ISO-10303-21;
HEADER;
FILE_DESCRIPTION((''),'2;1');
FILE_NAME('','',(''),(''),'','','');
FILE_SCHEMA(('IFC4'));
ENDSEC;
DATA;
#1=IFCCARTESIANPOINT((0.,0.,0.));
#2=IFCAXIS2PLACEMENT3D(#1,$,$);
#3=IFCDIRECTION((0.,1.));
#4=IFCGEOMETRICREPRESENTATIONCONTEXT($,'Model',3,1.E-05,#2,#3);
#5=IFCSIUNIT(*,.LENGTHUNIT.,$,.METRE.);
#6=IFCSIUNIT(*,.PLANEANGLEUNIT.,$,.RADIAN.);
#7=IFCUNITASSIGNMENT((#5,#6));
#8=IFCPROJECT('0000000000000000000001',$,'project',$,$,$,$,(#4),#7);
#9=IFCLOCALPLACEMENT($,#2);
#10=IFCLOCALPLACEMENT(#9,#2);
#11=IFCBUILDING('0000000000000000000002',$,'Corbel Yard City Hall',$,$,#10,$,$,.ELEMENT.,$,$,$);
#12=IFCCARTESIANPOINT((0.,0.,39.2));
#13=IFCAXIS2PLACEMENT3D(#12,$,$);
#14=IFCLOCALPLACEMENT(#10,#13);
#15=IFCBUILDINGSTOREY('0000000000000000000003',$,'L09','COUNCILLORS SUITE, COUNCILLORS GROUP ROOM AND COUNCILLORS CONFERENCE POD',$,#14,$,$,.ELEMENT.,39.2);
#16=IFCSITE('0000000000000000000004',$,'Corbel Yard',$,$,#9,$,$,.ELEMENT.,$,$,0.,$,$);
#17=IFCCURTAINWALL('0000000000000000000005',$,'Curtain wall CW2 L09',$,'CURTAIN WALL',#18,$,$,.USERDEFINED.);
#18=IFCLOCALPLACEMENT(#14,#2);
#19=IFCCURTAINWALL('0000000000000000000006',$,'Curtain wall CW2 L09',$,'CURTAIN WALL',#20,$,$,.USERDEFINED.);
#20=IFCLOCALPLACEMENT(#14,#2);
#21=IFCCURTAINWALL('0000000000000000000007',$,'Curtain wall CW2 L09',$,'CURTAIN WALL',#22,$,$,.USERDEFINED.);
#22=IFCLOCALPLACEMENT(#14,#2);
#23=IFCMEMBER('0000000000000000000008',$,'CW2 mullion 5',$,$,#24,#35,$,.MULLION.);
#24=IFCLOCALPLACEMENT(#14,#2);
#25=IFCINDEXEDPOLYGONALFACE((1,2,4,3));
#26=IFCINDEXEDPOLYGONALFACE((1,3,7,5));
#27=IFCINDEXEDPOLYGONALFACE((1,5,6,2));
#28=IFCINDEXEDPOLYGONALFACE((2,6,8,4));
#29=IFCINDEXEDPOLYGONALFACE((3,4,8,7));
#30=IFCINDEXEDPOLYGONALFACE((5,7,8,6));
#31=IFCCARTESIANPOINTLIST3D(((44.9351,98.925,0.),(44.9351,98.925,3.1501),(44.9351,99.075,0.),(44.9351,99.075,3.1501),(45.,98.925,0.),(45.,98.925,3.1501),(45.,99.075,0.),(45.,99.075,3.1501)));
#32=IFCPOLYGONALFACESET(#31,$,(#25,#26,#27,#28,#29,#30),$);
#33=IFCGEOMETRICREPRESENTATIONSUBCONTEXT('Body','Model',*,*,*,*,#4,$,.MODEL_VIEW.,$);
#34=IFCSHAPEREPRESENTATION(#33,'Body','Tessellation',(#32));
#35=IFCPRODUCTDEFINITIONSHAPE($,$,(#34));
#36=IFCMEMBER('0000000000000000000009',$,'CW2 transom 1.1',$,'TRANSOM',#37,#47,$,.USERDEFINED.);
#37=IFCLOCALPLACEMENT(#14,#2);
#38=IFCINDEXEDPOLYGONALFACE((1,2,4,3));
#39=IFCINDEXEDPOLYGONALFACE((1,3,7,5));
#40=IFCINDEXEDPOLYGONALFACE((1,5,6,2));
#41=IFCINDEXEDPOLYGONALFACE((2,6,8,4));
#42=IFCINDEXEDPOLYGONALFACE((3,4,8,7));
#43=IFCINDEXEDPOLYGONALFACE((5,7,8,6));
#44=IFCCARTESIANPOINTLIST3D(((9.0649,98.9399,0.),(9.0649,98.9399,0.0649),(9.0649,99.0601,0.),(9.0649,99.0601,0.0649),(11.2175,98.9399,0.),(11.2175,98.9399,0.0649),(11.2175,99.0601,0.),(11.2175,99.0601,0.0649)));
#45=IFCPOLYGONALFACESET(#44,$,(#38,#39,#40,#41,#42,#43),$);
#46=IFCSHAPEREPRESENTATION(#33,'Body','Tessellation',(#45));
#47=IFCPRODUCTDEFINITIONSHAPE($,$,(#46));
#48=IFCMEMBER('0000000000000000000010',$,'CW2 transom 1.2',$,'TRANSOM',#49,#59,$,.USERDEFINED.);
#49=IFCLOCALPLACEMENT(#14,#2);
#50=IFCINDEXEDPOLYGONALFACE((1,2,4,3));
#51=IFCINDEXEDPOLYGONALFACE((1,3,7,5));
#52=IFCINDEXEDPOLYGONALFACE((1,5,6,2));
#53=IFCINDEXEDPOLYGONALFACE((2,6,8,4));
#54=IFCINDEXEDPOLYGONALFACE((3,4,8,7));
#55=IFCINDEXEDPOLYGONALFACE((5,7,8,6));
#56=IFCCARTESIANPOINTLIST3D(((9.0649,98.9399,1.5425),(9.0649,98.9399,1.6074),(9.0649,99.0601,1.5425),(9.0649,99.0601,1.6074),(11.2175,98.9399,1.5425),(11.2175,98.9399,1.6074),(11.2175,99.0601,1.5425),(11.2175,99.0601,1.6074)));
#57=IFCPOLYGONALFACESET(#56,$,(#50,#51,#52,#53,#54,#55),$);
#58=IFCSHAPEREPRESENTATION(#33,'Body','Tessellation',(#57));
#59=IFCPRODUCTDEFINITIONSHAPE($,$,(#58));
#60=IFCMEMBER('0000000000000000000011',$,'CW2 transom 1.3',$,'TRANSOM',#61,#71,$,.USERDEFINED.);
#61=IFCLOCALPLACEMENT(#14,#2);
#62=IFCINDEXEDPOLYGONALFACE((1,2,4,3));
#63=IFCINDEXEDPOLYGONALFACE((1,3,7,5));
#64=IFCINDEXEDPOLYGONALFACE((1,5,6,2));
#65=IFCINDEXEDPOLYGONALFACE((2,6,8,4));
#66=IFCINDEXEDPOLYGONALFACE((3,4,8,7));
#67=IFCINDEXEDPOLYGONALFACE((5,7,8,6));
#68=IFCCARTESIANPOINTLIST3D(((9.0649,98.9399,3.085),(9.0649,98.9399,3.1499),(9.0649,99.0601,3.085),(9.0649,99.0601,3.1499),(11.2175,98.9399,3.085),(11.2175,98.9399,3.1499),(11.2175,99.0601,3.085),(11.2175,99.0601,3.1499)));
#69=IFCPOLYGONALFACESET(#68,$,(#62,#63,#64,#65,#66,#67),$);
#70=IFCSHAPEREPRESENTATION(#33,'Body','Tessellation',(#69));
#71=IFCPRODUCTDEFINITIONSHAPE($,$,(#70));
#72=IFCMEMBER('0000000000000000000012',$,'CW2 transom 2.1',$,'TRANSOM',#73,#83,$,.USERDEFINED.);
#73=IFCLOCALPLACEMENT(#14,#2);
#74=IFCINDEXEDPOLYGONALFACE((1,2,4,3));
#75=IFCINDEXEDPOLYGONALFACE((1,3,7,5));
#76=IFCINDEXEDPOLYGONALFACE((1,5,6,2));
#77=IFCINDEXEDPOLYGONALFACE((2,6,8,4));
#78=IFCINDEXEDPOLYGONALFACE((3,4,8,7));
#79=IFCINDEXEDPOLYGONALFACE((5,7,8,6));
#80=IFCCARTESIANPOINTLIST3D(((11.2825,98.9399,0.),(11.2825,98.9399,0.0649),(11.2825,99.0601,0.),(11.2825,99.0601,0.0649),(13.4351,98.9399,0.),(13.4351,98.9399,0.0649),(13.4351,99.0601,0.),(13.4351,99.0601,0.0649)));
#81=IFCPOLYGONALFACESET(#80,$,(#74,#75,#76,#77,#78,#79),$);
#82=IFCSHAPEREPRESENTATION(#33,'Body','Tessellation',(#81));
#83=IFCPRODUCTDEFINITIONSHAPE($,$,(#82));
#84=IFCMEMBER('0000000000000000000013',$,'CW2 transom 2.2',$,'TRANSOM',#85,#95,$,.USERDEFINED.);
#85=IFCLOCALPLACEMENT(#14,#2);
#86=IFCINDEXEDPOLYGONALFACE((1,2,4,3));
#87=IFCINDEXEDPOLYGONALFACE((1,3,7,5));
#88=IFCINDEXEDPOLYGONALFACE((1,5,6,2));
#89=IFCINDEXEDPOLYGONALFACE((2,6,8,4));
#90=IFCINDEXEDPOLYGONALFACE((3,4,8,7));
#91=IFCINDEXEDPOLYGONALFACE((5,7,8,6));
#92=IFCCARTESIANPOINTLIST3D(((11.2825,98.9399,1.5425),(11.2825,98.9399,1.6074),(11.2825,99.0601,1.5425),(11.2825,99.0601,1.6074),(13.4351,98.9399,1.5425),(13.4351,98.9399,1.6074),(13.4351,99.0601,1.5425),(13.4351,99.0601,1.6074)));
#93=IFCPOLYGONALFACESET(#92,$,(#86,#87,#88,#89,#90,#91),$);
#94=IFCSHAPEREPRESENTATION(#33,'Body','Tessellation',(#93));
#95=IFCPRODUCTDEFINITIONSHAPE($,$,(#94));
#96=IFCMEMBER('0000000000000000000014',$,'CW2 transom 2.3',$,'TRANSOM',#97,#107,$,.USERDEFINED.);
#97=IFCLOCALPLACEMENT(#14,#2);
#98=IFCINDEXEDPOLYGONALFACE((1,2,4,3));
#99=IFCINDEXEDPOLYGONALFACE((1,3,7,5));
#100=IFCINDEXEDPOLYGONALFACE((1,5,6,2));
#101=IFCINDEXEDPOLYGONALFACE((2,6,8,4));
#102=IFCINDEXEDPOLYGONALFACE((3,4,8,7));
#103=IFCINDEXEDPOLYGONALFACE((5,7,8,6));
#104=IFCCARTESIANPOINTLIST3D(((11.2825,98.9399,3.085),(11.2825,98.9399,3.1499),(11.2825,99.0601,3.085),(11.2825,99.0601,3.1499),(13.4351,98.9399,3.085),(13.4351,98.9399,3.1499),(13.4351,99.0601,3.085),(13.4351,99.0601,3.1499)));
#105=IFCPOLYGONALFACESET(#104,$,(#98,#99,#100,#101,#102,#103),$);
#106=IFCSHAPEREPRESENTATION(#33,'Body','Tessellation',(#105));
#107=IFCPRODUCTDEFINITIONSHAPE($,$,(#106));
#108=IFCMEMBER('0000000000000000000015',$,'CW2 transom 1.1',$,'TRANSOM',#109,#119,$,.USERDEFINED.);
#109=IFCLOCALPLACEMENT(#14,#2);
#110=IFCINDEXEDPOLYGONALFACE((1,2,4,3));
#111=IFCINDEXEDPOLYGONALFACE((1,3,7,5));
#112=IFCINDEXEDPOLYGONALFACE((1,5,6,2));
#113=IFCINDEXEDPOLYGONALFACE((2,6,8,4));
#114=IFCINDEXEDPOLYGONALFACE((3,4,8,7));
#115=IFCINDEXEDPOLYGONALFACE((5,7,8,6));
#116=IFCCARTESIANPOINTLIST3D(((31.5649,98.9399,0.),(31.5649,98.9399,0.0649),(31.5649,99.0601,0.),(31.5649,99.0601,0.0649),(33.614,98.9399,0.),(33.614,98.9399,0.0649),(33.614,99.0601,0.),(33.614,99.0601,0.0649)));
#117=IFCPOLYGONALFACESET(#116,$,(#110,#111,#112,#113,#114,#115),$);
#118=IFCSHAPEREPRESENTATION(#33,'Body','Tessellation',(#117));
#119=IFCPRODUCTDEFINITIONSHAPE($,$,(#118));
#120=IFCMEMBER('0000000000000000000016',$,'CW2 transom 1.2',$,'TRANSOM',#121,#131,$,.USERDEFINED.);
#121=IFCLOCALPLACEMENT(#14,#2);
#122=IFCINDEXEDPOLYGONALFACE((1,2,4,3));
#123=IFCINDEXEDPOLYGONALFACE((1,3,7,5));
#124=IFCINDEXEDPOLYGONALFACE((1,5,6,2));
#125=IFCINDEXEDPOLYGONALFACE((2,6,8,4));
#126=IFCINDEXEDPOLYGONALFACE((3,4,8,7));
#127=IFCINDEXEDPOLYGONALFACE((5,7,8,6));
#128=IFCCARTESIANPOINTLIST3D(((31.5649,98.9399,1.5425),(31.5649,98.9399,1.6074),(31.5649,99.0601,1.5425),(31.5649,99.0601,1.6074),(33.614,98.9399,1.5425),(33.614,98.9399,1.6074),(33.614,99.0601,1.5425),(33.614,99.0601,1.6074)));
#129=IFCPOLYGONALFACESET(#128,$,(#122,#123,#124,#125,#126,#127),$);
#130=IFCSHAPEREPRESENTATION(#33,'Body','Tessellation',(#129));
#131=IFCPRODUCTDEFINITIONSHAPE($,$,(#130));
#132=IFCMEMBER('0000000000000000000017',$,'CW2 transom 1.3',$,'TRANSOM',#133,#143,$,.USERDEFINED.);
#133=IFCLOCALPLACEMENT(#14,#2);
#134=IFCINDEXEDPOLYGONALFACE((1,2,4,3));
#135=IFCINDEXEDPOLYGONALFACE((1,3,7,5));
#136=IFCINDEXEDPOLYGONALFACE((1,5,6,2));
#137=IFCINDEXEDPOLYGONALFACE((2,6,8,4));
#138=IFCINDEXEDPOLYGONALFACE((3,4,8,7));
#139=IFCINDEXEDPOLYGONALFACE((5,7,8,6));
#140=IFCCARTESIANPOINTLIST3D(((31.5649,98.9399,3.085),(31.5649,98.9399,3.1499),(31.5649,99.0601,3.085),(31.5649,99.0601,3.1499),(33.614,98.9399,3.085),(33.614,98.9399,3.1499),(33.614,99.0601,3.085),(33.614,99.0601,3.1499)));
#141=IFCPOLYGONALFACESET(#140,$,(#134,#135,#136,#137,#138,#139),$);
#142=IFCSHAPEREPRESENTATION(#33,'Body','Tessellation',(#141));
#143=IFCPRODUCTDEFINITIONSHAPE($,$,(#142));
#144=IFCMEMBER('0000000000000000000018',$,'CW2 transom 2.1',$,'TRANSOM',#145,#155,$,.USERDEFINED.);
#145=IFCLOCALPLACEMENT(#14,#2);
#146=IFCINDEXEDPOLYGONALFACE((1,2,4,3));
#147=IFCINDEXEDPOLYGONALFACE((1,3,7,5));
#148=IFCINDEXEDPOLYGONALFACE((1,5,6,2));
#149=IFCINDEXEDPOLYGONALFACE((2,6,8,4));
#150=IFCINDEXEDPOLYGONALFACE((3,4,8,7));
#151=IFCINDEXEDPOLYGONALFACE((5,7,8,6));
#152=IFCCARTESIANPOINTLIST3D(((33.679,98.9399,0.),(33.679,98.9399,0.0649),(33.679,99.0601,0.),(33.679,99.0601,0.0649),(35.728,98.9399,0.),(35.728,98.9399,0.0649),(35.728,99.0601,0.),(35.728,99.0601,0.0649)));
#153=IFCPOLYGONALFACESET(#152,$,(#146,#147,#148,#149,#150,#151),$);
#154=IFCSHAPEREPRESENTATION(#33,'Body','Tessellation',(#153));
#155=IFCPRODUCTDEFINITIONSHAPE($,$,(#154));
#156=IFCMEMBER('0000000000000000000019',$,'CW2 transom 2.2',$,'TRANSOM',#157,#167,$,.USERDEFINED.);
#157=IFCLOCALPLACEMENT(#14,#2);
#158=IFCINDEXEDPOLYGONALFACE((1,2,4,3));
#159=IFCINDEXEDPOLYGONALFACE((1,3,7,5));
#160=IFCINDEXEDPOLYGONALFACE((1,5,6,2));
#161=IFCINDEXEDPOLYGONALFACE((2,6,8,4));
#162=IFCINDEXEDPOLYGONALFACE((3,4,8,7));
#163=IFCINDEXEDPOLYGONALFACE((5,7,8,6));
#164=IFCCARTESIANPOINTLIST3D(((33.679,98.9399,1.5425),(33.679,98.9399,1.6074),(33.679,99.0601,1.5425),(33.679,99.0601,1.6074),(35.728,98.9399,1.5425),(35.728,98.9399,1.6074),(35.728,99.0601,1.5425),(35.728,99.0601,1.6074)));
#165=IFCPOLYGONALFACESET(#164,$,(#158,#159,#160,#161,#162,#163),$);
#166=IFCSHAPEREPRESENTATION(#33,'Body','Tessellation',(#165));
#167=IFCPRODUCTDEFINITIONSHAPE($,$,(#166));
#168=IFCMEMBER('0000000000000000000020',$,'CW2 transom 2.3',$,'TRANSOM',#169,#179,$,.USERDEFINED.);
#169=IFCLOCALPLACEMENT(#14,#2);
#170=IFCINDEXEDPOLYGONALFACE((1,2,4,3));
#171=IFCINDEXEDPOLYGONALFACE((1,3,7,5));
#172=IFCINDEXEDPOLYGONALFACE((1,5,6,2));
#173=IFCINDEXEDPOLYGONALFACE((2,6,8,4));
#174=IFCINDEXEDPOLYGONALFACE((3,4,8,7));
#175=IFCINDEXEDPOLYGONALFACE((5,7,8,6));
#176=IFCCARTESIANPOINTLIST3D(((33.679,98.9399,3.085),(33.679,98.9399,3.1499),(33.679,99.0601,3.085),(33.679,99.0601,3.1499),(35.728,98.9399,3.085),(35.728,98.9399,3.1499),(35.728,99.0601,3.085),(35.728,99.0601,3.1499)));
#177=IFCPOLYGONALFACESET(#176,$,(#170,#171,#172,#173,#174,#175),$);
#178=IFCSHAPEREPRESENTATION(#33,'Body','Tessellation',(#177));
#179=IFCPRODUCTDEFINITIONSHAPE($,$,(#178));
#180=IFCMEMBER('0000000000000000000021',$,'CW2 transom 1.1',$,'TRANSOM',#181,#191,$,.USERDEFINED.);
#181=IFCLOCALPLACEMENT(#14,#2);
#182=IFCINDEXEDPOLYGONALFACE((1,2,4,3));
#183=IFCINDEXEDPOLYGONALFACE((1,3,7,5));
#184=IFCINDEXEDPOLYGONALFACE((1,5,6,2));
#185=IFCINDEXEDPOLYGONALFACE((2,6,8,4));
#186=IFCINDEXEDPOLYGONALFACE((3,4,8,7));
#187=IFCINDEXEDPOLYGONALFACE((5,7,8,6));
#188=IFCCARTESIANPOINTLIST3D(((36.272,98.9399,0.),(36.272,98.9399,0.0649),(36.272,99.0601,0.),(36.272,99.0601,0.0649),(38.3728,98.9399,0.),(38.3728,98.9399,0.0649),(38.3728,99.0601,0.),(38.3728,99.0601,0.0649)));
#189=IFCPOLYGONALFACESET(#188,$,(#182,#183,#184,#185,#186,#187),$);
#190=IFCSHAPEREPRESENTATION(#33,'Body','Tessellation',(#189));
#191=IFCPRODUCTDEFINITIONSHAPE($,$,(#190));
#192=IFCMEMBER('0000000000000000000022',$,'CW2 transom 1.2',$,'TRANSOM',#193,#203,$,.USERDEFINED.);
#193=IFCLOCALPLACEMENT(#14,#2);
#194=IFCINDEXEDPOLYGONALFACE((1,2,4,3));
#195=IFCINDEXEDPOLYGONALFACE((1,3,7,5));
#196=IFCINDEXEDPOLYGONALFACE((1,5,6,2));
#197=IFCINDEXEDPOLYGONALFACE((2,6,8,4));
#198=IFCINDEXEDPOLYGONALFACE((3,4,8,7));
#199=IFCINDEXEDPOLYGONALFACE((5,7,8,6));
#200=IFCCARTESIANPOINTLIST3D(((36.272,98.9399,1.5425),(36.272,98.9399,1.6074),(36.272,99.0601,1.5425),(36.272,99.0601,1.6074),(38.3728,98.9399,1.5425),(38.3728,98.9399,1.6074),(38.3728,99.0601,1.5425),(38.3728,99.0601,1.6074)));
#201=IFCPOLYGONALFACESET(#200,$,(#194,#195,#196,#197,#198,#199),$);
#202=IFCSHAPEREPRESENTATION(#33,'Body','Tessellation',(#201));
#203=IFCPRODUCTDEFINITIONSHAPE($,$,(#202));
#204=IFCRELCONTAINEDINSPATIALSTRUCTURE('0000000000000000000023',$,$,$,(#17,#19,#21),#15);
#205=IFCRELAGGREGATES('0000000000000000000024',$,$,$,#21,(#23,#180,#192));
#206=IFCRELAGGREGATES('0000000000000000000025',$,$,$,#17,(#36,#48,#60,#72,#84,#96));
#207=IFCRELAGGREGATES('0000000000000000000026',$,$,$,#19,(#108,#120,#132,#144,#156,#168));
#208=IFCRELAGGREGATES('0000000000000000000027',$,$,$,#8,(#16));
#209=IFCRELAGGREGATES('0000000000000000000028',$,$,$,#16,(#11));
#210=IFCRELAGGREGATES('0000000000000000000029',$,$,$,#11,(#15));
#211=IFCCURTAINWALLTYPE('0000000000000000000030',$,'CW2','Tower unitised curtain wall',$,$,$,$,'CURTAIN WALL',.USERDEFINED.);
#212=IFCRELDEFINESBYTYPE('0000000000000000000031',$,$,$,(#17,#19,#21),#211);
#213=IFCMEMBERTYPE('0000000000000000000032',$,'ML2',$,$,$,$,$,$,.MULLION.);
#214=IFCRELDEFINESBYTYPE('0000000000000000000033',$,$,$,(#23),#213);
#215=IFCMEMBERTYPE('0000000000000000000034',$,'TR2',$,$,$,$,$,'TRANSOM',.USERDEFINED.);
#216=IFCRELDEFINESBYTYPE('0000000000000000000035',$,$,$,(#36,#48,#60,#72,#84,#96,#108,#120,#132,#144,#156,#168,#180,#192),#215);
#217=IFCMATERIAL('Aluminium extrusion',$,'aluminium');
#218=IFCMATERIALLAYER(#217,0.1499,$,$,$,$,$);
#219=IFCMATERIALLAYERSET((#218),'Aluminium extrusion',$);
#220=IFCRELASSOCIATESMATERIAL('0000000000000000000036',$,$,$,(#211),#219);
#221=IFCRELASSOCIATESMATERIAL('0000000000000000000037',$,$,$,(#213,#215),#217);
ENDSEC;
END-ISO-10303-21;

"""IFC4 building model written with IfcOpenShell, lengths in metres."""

from ifc_helpers import new_model, si_unit, direction, frame, origin, origin_2d, place, context, subcontext, project, spatial, rectangle, extrude, material, layer, layer_set, material_profile, profile_set, type_object, element, aggregate, save


model = new_model("IFC4")

# Units and contexts
model_context = context("Model", 3, precision=1e-05, world=origin(), true_north=direction((0.0, 1.0)))
body_context = subcontext(model_context, "Body", "Model", "MODEL_VIEW")
ifc_project = project(units=[si_unit("LENGTHUNIT", "METRE"), si_unit("PLANEANGLEUNIT", "RADIAN")], contexts=[model_context])

# Site, building, storey
site_placement = place(None, origin())
site = spatial("IfcSite", under=ifc_project, at=site_placement, Name="Corbel Yard", CompositionType="ELEMENT", RefElevation=0.0)
building_placement = place(site_placement, origin())
building = spatial("IfcBuilding", under=site, at=building_placement, Name="Corbel Yard City Hall", CompositionType="ELEMENT")
storey_placement = place(building_placement, frame((0.0, 0.0, 39.2)))
storey = spatial("IfcBuildingStorey", under=building, at=storey_placement, Name="L09", Description="COUNCILLORS SUITE, COUNCILLORS GROUP ROOM AND COUNCILLORS CONFERENCE POD", CompositionType="ELEMENT", Elevation=39.2)

# Curtain walls, member
ifc_material_1 = material(Name="Aluminium extrusion", Category="aluminium")
ifc_layer_1 = layer(ifc_material_1, 0.1499)
ifc_layer_set_1 = layer_set([ifc_layer_1], Name="Aluminium extrusion")
curtain_wall_type = type_object("IfcCurtainWallType", Name="CW2", Description="Tower unitised curtain wall", ElementType="CURTAIN WALL", PredefinedType="USERDEFINED", material=ifc_layer_set_1)
curtain_wall_1_placement = place(storey_placement, origin())
curtain_wall_1 = element("IfcCurtainWall", 1, at=curtain_wall_1_placement, inside=storey, type_object=curtain_wall_type, Name="Curtain wall CW2 L09", ObjectType="CURTAIN WALL", PredefinedType="USERDEFINED")
ifc_material_profile_1 = material_profile(ifc_material_1, rectangle(XDim=0.1499, YDim=0.0649, at=origin_2d()), Name="150x65")
ifc_profile_set_1 = profile_set([ifc_material_profile_1], Name="Aluminium extrusion")
member_type_1 = type_object("IfcMemberType", Name="ML2", PredefinedType="MULLION", material=ifc_profile_set_1)
curtain_wall_2_placement = place(storey_placement, origin())
curtain_wall_2 = element("IfcCurtainWall", 2, at=curtain_wall_2_placement, inside=storey, type_object=curtain_wall_type, Name="Curtain wall CW2 L09", ObjectType="CURTAIN WALL", PredefinedType="USERDEFINED")
curtain_wall_3_placement = place(storey_placement, origin())
curtain_wall_3 = element("IfcCurtainWall", 3, at=curtain_wall_3_placement, inside=storey, type_object=curtain_wall_type, Name="Curtain wall CW2 L09", ObjectType="CURTAIN WALL", PredefinedType="USERDEFINED")
member_1_placement = place(storey_placement, frame((44.9675, 99.0, 0.0), z_axis=(0.0, 0.0, 1.0), x_axis=(0.0, 1.0, 0.0)))
member_1 = element("IfcMember", 4, at=member_1_placement, type_object=member_type_1, Name="CW2 mullion 5", PredefinedType="MULLION", context=body_context, shape_type="SweptSolid", body=[
    extrude(rectangle(XDim=0.1499, YDim=0.0649, at=origin_2d()), origin(), (0.0, 0.0, 1.0), 3.1501),
])

# Members
ifc_material_profile_2 = material_profile(ifc_material_1, rectangle(XDim=0.1201, YDim=0.0649, at=origin_2d()), Name="120x65")
ifc_profile_set_2 = profile_set([ifc_material_profile_2], Name="Aluminium extrusion")
member_type_2 = type_object("IfcMemberType", Name="TR2", ElementType="TRANSOM", PredefinedType="USERDEFINED", material=ifc_profile_set_2)
member_2_placement = place(storey_placement, frame((9.0649, 99.0, 0.0325), z_axis=(1.0, 0.0, 0.0), x_axis=(0.0, 1.0, 0.0)))
member_2 = element("IfcMember", 5, at=member_2_placement, type_object=member_type_2, Name="CW2 transom 1.1", ObjectType="TRANSOM", PredefinedType="USERDEFINED", context=body_context, shape_type="SweptSolid", body=[
    extrude(rectangle(XDim=0.1201, YDim=0.0649, at=origin_2d()), origin(), (0.0, 0.0, 1.0), 2.1526),
])
member_3_placement = place(storey_placement, frame((9.0649, 99.0, 1.575), z_axis=(1.0, 0.0, 0.0), x_axis=(0.0, 1.0, 0.0)))
member_3 = element("IfcMember", 6, at=member_3_placement, type_object=member_type_2, Name="CW2 transom 1.2", ObjectType="TRANSOM", PredefinedType="USERDEFINED", context=body_context, shape_type="SweptSolid", body=[
    extrude(rectangle(XDim=0.1201, YDim=0.0649, at=origin_2d()), origin(), (0.0, 0.0, 1.0), 2.1526),
])
member_4_placement = place(storey_placement, frame((9.0649, 99.0, 3.1174), z_axis=(1.0, 0.0, 0.0), x_axis=(0.0, 1.0, 0.0)))
member_4 = element("IfcMember", 7, at=member_4_placement, type_object=member_type_2, Name="CW2 transom 1.3", ObjectType="TRANSOM", PredefinedType="USERDEFINED", context=body_context, shape_type="SweptSolid", body=[
    extrude(rectangle(XDim=0.1201, YDim=0.0649, at=origin_2d()), origin(), (0.0, 0.0, 1.0), 2.1526),
])
member_5_placement = place(storey_placement, frame((11.2825, 99.0, 0.0325), z_axis=(1.0, 0.0, 0.0), x_axis=(0.0, 1.0, 0.0)))
member_5 = element("IfcMember", 8, at=member_5_placement, type_object=member_type_2, Name="CW2 transom 2.1", ObjectType="TRANSOM", PredefinedType="USERDEFINED", context=body_context, shape_type="SweptSolid", body=[
    extrude(rectangle(XDim=0.1201, YDim=0.0649, at=origin_2d()), origin(), (0.0, 0.0, 1.0), 2.1526),
])
member_6_placement = place(storey_placement, frame((11.2825, 99.0, 1.575), z_axis=(1.0, 0.0, 0.0), x_axis=(0.0, 1.0, 0.0)))
member_6 = element("IfcMember", 9, at=member_6_placement, type_object=member_type_2, Name="CW2 transom 2.2", ObjectType="TRANSOM", PredefinedType="USERDEFINED", context=body_context, shape_type="SweptSolid", body=[
    extrude(rectangle(XDim=0.1201, YDim=0.0649, at=origin_2d()), origin(), (0.0, 0.0, 1.0), 2.1526),
])
member_7_placement = place(storey_placement, frame((11.2825, 99.0, 3.1174), z_axis=(1.0, 0.0, 0.0), x_axis=(0.0, 1.0, 0.0)))
member_7 = element("IfcMember", 10, at=member_7_placement, type_object=member_type_2, Name="CW2 transom 2.3", ObjectType="TRANSOM", PredefinedType="USERDEFINED", context=body_context, shape_type="SweptSolid", body=[
    extrude(rectangle(XDim=0.1201, YDim=0.0649, at=origin_2d()), origin(), (0.0, 0.0, 1.0), 2.1526),
])
member_8_placement = place(storey_placement, frame((31.5649, 99.0, 0.0325), z_axis=(1.0, 0.0, 0.0), x_axis=(0.0, 1.0, 0.0)))
member_8 = element("IfcMember", 11, at=member_8_placement, type_object=member_type_2, Name="CW2 transom 1.1", ObjectType="TRANSOM", PredefinedType="USERDEFINED", context=body_context, shape_type="SweptSolid", body=[
    extrude(rectangle(XDim=0.1201, YDim=0.0649, at=origin_2d()), origin(), (0.0, 0.0, 1.0), 2.0491),
])
member_9_placement = place(storey_placement, frame((31.5649, 99.0, 1.575), z_axis=(1.0, 0.0, 0.0), x_axis=(0.0, 1.0, 0.0)))
member_9 = element("IfcMember", 12, at=member_9_placement, type_object=member_type_2, Name="CW2 transom 1.2", ObjectType="TRANSOM", PredefinedType="USERDEFINED", context=body_context, shape_type="SweptSolid", body=[
    extrude(rectangle(XDim=0.1201, YDim=0.0649, at=origin_2d()), origin(), (0.0, 0.0, 1.0), 2.0491),
])
member_10_placement = place(storey_placement, frame((31.5649, 99.0, 3.1174), z_axis=(1.0, 0.0, 0.0), x_axis=(0.0, 1.0, 0.0)))
member_10 = element("IfcMember", 13, at=member_10_placement, type_object=member_type_2, Name="CW2 transom 1.3", ObjectType="TRANSOM", PredefinedType="USERDEFINED", context=body_context, shape_type="SweptSolid", body=[
    extrude(rectangle(XDim=0.1201, YDim=0.0649, at=origin_2d()), origin(), (0.0, 0.0, 1.0), 2.0491),
])
member_11_placement = place(storey_placement, frame((33.679, 99.0, 0.0325), z_axis=(1.0, 0.0, 0.0), x_axis=(0.0, 1.0, 0.0)))
member_11 = element("IfcMember", 14, at=member_11_placement, type_object=member_type_2, Name="CW2 transom 2.1", ObjectType="TRANSOM", PredefinedType="USERDEFINED", context=body_context, shape_type="SweptSolid", body=[
    extrude(rectangle(XDim=0.1201, YDim=0.0649, at=origin_2d()), origin(), (0.0, 0.0, 1.0), 2.0491),
])
member_12_placement = place(storey_placement, frame((33.679, 99.0, 1.575), z_axis=(1.0, 0.0, 0.0), x_axis=(0.0, 1.0, 0.0)))
member_12 = element("IfcMember", 15, at=member_12_placement, type_object=member_type_2, Name="CW2 transom 2.2", ObjectType="TRANSOM", PredefinedType="USERDEFINED", context=body_context, shape_type="SweptSolid", body=[
    extrude(rectangle(XDim=0.1201, YDim=0.0649, at=origin_2d()), origin(), (0.0, 0.0, 1.0), 2.0491),
])
member_13_placement = place(storey_placement, frame((33.679, 99.0, 3.1174), z_axis=(1.0, 0.0, 0.0), x_axis=(0.0, 1.0, 0.0)))
member_13 = element("IfcMember", 16, at=member_13_placement, type_object=member_type_2, Name="CW2 transom 2.3", ObjectType="TRANSOM", PredefinedType="USERDEFINED", context=body_context, shape_type="SweptSolid", body=[
    extrude(rectangle(XDim=0.1201, YDim=0.0649, at=origin_2d()), origin(), (0.0, 0.0, 1.0), 2.0491),
])
member_14_placement = place(storey_placement, frame((36.272, 99.0, 0.0325), z_axis=(1.0, 0.0, 0.0), x_axis=(0.0, 1.0, 0.0)))
member_14 = element("IfcMember", 17, at=member_14_placement, type_object=member_type_2, Name="CW2 transom 1.1", ObjectType="TRANSOM", PredefinedType="USERDEFINED", context=body_context, shape_type="SweptSolid", body=[
    extrude(rectangle(XDim=0.1201, YDim=0.0649, at=origin_2d()), origin(), (0.0, 0.0, 1.0), 2.1008),
])
member_15_placement = place(storey_placement, frame((36.272, 99.0, 1.575), z_axis=(1.0, 0.0, 0.0), x_axis=(0.0, 1.0, 0.0)))
member_15 = element("IfcMember", 18, at=member_15_placement, type_object=member_type_2, Name="CW2 transom 1.2", ObjectType="TRANSOM", PredefinedType="USERDEFINED", context=body_context, shape_type="SweptSolid", body=[
    extrude(rectangle(XDim=0.1201, YDim=0.0649, at=origin_2d()), origin(), (0.0, 0.0, 1.0), 2.1008),
])
aggregate(curtain_wall_3, [member_1, member_14, member_15])

aggregate(curtain_wall_1, [member_2, member_3, member_4, member_5, member_6, member_7])
aggregate(curtain_wall_2, [member_8, member_9, member_10, member_11, member_12, member_13])

save(model, "model.ifc")
